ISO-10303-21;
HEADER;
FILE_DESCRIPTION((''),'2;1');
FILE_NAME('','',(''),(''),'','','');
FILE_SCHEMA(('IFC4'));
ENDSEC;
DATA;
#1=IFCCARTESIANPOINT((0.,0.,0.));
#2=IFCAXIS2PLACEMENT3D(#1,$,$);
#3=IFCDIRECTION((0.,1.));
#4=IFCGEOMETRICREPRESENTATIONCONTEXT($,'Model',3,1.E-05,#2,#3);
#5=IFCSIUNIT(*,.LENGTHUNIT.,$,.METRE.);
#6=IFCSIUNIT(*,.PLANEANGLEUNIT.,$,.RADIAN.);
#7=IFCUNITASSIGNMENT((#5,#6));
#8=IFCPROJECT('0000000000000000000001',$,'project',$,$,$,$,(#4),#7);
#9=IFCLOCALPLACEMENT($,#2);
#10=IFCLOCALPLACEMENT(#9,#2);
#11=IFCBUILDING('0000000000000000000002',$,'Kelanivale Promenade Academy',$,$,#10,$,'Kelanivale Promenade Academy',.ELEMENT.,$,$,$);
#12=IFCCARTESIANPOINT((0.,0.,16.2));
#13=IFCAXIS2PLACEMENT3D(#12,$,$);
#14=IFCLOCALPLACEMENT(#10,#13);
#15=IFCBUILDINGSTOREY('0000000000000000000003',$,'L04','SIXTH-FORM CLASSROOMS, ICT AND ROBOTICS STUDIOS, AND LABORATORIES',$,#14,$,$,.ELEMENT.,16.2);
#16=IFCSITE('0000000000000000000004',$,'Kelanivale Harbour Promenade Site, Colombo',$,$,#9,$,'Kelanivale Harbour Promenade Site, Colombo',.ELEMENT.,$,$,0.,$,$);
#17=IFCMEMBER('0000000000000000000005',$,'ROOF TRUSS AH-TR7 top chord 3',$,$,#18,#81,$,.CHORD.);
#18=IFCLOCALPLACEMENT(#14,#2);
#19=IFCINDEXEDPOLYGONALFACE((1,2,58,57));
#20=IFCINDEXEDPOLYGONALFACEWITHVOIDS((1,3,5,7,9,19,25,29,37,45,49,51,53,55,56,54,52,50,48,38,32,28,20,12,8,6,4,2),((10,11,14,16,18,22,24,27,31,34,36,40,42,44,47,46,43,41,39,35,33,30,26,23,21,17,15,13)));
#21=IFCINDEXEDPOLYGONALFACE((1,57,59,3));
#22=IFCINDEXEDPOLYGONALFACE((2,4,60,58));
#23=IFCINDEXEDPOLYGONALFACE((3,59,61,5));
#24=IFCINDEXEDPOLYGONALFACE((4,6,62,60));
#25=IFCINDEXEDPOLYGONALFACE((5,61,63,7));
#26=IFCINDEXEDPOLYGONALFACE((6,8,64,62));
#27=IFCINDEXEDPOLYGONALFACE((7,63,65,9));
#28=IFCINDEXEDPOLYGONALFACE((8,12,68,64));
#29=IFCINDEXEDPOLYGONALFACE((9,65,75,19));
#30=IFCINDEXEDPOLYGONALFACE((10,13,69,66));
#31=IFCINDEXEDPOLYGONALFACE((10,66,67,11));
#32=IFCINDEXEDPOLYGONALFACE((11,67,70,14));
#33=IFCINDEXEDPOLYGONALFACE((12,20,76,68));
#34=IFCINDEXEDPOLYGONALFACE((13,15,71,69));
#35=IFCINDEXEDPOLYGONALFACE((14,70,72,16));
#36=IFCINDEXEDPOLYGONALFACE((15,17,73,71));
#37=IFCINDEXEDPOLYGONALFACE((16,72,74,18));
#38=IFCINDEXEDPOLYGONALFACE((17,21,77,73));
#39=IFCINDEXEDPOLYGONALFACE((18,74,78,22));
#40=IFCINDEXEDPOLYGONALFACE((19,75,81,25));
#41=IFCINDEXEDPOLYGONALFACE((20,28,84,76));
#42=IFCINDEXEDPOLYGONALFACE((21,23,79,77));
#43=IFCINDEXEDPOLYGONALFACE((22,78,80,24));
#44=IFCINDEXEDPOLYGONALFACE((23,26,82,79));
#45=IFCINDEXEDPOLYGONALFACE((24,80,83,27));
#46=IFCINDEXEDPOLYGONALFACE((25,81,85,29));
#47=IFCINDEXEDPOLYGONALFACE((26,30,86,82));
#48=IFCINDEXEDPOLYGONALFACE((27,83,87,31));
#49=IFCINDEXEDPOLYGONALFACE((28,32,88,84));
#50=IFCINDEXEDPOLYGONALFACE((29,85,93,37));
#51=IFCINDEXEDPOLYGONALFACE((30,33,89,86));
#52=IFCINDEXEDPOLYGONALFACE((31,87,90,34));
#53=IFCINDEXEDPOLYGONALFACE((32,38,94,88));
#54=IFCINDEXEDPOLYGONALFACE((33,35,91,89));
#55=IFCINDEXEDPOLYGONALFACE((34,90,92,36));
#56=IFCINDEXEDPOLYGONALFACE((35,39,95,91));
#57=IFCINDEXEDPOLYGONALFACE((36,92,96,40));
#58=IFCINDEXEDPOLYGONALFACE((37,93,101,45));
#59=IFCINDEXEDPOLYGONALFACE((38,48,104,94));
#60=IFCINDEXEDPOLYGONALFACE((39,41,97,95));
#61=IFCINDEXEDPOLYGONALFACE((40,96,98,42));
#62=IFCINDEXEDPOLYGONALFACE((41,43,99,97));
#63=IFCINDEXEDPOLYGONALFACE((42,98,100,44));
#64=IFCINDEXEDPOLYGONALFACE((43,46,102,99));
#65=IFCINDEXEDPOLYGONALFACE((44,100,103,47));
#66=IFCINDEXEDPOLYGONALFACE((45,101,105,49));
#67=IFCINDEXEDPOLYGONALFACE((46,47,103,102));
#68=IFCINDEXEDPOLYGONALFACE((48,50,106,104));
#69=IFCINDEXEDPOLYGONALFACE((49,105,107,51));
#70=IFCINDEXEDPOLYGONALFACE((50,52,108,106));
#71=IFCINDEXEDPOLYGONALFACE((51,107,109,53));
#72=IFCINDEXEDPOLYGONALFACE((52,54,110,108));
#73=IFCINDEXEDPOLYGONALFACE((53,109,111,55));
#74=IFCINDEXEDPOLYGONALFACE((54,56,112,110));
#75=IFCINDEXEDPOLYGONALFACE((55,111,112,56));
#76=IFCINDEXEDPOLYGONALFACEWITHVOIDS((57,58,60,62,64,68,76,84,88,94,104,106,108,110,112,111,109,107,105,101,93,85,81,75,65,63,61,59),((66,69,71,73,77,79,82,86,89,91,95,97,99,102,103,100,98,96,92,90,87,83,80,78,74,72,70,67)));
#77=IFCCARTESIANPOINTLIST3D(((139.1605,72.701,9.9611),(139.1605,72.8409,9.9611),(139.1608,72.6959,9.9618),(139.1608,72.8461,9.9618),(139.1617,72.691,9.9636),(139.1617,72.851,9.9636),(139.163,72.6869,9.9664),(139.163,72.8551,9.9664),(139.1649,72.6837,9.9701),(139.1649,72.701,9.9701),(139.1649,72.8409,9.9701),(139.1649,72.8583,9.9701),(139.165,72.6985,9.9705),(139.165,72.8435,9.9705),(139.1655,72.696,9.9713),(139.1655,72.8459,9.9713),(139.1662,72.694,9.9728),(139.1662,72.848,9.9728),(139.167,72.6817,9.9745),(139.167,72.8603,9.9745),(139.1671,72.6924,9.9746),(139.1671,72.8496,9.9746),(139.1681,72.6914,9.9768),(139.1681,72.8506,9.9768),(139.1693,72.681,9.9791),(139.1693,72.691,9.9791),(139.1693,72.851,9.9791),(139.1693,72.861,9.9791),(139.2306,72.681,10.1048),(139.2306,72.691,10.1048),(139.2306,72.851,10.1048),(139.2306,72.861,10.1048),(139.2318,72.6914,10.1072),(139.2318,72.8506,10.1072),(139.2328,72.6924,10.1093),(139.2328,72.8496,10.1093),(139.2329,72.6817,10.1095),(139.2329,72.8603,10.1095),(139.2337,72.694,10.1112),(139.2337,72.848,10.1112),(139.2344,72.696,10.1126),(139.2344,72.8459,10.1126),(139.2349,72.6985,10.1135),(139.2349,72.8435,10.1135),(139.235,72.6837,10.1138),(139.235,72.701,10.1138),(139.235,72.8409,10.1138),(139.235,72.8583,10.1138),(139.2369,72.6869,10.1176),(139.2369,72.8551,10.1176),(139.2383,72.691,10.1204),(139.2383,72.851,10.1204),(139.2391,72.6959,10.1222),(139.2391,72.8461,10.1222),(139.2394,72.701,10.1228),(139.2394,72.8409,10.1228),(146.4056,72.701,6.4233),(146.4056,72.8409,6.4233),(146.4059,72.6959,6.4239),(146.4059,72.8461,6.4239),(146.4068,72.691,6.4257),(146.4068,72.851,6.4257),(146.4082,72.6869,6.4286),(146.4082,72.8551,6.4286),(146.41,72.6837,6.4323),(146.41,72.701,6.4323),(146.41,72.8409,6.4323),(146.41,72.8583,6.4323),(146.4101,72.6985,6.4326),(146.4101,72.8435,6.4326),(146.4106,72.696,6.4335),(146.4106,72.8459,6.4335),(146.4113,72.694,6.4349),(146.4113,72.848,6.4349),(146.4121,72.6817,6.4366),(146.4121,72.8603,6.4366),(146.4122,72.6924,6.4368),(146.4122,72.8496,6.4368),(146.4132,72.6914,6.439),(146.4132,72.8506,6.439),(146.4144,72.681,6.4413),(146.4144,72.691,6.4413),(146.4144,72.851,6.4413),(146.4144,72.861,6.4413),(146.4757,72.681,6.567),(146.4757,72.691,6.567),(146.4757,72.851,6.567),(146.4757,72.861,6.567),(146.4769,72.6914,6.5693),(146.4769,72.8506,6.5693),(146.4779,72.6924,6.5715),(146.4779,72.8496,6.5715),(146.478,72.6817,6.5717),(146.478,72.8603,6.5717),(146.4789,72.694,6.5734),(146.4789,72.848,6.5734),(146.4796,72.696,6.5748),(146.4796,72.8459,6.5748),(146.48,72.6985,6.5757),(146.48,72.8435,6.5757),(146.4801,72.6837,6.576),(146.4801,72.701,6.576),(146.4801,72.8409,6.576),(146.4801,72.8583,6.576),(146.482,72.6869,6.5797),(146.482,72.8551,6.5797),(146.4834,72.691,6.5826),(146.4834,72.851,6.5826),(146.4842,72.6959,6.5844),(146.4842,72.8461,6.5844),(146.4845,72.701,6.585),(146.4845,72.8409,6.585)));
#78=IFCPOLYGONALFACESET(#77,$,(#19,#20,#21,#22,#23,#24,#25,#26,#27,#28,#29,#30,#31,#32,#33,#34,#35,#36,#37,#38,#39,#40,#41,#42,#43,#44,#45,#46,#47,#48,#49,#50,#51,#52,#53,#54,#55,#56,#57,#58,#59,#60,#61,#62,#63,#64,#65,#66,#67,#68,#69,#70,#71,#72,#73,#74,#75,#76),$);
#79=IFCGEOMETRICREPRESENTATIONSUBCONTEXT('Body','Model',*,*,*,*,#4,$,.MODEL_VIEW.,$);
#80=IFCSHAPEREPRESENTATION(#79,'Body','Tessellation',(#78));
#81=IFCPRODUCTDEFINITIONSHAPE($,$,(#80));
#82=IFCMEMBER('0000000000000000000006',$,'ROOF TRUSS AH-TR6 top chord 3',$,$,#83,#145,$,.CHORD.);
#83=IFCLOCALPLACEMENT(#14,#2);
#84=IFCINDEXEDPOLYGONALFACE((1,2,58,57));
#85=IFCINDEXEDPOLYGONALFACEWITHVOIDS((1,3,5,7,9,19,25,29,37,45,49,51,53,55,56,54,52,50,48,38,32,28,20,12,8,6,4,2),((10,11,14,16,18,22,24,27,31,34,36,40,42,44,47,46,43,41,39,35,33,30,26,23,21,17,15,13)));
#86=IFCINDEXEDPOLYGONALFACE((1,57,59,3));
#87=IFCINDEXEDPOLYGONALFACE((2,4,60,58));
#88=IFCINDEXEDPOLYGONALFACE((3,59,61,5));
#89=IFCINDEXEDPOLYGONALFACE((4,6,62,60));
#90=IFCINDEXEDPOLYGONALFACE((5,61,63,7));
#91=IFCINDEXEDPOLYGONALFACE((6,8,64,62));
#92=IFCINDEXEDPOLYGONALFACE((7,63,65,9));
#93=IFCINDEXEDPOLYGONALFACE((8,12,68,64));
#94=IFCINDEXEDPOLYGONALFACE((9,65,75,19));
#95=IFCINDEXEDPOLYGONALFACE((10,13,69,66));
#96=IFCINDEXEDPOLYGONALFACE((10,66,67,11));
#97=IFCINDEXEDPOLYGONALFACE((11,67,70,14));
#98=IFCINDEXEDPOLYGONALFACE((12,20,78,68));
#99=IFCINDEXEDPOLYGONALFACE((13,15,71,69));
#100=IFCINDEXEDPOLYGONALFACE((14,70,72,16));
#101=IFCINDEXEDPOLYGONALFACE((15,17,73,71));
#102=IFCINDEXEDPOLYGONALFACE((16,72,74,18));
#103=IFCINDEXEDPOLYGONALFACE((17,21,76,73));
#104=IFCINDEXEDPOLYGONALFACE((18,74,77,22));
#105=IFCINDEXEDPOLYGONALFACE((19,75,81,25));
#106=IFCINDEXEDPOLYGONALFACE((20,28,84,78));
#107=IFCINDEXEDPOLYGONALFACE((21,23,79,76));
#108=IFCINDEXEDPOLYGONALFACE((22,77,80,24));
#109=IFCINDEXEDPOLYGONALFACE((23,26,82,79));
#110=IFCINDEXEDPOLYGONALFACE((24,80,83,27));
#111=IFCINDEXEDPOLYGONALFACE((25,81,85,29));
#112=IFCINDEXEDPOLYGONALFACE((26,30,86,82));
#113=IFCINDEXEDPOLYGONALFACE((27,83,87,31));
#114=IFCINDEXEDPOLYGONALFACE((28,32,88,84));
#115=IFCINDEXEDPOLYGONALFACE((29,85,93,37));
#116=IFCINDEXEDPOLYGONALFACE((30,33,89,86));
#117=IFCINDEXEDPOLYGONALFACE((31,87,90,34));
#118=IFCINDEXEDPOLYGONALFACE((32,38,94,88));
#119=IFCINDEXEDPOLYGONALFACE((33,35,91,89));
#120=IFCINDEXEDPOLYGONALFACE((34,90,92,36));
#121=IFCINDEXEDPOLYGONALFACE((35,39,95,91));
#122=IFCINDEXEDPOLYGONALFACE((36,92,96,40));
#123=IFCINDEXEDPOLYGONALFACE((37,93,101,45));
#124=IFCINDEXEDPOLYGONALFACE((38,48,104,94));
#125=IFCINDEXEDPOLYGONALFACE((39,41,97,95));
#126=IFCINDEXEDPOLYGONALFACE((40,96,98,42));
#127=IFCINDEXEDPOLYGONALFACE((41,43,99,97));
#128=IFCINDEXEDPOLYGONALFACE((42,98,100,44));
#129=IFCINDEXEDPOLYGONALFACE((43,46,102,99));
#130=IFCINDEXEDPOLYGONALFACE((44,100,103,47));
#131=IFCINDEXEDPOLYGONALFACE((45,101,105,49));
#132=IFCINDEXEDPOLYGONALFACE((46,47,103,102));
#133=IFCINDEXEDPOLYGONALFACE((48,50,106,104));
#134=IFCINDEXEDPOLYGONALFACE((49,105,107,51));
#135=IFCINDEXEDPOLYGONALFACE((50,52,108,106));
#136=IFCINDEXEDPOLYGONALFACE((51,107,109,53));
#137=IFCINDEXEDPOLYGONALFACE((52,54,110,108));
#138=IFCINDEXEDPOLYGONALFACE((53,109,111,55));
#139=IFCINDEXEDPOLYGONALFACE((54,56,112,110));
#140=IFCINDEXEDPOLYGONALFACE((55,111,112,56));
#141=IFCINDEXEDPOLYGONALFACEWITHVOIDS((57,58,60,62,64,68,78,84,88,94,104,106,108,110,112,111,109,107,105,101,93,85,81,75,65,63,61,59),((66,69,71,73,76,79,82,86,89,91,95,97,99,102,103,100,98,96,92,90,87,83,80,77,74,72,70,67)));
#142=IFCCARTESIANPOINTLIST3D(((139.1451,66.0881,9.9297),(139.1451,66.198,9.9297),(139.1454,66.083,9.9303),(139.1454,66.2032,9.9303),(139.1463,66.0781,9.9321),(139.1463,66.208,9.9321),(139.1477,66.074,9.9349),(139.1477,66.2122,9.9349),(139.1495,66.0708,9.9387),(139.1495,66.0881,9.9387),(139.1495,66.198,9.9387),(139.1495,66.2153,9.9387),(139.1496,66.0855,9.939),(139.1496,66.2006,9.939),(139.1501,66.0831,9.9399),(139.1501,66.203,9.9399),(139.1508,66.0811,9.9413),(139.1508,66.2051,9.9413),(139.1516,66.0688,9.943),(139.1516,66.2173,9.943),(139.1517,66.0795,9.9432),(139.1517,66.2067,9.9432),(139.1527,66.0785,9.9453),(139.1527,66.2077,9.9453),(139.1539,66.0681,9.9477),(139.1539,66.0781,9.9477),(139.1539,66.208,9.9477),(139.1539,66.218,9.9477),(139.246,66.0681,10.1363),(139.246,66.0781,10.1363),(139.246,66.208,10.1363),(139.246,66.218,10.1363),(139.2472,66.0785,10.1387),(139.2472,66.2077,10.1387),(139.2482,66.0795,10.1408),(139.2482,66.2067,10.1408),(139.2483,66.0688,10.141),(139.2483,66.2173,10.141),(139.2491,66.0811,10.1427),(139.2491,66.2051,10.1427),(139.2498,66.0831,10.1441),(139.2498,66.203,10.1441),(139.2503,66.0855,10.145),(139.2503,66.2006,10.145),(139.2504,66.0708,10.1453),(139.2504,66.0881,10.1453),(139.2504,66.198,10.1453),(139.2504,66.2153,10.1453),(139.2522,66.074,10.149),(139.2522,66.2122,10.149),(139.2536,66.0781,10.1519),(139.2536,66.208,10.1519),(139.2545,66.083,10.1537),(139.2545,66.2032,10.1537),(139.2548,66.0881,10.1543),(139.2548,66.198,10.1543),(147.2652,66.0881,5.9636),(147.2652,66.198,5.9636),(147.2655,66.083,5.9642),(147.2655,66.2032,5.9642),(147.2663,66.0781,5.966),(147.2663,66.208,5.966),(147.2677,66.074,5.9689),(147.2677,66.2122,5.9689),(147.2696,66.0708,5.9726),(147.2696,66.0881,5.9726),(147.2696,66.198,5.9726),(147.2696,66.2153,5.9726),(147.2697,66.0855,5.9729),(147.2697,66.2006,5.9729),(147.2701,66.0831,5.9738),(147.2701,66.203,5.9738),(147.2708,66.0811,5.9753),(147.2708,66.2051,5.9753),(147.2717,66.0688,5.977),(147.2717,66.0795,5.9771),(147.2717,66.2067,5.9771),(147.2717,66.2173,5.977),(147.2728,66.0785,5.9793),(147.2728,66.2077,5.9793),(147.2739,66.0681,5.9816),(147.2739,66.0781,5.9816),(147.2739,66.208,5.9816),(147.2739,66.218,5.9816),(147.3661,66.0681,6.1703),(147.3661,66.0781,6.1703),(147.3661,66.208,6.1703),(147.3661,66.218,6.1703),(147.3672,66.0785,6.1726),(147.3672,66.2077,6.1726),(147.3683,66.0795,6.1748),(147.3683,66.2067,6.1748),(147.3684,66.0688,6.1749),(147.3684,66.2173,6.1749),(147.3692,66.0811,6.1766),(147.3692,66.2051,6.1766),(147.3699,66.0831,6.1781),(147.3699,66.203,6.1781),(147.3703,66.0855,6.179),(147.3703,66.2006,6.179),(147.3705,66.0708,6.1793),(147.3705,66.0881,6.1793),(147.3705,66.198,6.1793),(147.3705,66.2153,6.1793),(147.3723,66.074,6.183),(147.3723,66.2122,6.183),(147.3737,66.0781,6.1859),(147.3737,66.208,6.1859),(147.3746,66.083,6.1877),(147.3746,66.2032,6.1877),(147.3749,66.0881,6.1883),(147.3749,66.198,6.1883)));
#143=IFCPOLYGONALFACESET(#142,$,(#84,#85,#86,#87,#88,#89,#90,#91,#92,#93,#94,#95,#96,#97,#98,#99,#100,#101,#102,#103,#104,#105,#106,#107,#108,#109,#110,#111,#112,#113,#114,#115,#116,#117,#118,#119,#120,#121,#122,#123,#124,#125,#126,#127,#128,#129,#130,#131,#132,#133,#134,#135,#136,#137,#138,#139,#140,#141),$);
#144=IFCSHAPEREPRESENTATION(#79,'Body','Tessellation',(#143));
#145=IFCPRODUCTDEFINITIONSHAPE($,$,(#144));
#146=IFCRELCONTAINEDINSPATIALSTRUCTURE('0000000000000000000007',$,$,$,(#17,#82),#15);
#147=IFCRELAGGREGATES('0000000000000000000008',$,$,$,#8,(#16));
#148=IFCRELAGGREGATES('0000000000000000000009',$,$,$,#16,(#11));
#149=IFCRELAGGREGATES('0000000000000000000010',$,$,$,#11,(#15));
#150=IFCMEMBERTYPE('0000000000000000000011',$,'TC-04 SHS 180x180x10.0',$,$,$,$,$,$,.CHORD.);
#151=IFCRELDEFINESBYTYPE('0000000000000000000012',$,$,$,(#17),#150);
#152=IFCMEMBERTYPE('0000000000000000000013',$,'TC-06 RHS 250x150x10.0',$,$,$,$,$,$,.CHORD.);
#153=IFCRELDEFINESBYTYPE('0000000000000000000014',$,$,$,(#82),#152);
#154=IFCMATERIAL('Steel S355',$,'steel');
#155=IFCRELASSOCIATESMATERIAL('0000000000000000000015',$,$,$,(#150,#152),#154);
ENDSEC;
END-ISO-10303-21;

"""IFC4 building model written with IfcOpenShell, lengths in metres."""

from ifc_helpers import new_model, si_unit, direction, frame, origin, origin_2d, place, context, subcontext, project, spatial, hollow_rectangle, extrude, material, material_profile, profile_set, type_object, element, save


model = new_model("IFC4")

# Units and contexts
model_context = context("Model", 3, precision=1e-05, world=origin(), true_north=direction((0.0, 1.0)))
body_context = subcontext(model_context, "Body", "Model", "MODEL_VIEW")
ifc_project = project(units=[si_unit("LENGTHUNIT", "METRE"), si_unit("PLANEANGLEUNIT", "RADIAN")], contexts=[model_context])

# Site, building, storey
site_placement = place(None, origin())
site = spatial("IfcSite", under=ifc_project, at=site_placement, Name="Kelanivale Harbour Promenade Site, Colombo", LongName="Kelanivale Harbour Promenade Site, Colombo", CompositionType="ELEMENT", RefElevation=0.0)
building_placement = place(site_placement, origin())
building = spatial("IfcBuilding", under=site, at=building_placement, Name="Kelanivale Promenade Academy", LongName="Kelanivale Promenade Academy", CompositionType="ELEMENT")
storey_placement = place(building_placement, frame((0.0, 0.0, 16.2)))
storey = spatial("IfcBuildingStorey", under=building, at=storey_placement, Name="L04", Description="SIXTH-FORM CLASSROOMS, ICT AND ROBOTICS STUDIOS, AND LABORATORIES", CompositionType="ELEMENT", Elevation=16.2)

# Members
ifc_material_1 = material(Name="Steel S355", Category="steel")
ifc_material_profile_1 = material_profile(ifc_material_1, hollow_rectangle(XDim=0.1799, YDim=0.1799, WallThickness=0.01, InnerFilletRadius=0.01, OuterFilletRadius=0.02, at=origin_2d()), Name="SHS 180x180x10.0")
ifc_profile_set_1 = profile_set([ifc_material_profile_1], Name="Steel S355")
member_type_1 = type_object("IfcMemberType", Name="TC-04 SHS 180x180x10.0", PredefinedType="CHORD", material=ifc_profile_set_1)
member_1_placement = place(storey_placement, frame((139.2, 72.771, 10.042), z_axis=(0.898591, 0.0, -0.438788), x_axis=(0.0, 1.0, 0.0)))
element("IfcMember", 1, at=member_1_placement, inside=storey, type_object=member_type_1, Name="ROOF TRUSS AH-TR7 top chord 3", PredefinedType="CHORD", context=body_context, shape_type="SweptSolid", body=[
    extrude(hollow_rectangle(XDim=0.1799, YDim=0.1799, WallThickness=0.01, InnerFilletRadius=0.01, OuterFilletRadius=0.02, at=origin_2d()), origin(), (0.0, 0.0, 1.0), 8.0627),
])
ifc_material_profile_2 = material_profile(ifc_material_1, hollow_rectangle(XDim=0.1499, YDim=0.25, WallThickness=0.01, InnerFilletRadius=0.01, OuterFilletRadius=0.02, at=origin_2d()), Name="RHS 250x150x10.0")
ifc_profile_set_2 = profile_set([ifc_material_profile_2], Name="Steel S355")
member_type_2 = type_object("IfcMemberType", Name="TC-06 RHS 250x150x10.0", PredefinedType="CHORD", material=ifc_profile_set_2)
member_2_placement = place(storey_placement, frame((139.2, 66.1431, 10.042), z_axis=(0.898549, 0.0, -0.438873), x_axis=(0.0, 1.0, 0.0)))
element("IfcMember", 2, at=member_2_placement, inside=storey, type_object=member_type_2, Name="ROOF TRUSS AH-TR6 top chord 3", PredefinedType="CHORD", context=body_context, shape_type="SweptSolid", body=[
    extrude(hollow_rectangle(XDim=0.1499, YDim=0.25, WallThickness=0.01, InnerFilletRadius=0.01, OuterFilletRadius=0.02, at=origin_2d()), origin(), (0.0, 0.0, 1.0), 9.0369),
])

save(model, "model.ifc")
